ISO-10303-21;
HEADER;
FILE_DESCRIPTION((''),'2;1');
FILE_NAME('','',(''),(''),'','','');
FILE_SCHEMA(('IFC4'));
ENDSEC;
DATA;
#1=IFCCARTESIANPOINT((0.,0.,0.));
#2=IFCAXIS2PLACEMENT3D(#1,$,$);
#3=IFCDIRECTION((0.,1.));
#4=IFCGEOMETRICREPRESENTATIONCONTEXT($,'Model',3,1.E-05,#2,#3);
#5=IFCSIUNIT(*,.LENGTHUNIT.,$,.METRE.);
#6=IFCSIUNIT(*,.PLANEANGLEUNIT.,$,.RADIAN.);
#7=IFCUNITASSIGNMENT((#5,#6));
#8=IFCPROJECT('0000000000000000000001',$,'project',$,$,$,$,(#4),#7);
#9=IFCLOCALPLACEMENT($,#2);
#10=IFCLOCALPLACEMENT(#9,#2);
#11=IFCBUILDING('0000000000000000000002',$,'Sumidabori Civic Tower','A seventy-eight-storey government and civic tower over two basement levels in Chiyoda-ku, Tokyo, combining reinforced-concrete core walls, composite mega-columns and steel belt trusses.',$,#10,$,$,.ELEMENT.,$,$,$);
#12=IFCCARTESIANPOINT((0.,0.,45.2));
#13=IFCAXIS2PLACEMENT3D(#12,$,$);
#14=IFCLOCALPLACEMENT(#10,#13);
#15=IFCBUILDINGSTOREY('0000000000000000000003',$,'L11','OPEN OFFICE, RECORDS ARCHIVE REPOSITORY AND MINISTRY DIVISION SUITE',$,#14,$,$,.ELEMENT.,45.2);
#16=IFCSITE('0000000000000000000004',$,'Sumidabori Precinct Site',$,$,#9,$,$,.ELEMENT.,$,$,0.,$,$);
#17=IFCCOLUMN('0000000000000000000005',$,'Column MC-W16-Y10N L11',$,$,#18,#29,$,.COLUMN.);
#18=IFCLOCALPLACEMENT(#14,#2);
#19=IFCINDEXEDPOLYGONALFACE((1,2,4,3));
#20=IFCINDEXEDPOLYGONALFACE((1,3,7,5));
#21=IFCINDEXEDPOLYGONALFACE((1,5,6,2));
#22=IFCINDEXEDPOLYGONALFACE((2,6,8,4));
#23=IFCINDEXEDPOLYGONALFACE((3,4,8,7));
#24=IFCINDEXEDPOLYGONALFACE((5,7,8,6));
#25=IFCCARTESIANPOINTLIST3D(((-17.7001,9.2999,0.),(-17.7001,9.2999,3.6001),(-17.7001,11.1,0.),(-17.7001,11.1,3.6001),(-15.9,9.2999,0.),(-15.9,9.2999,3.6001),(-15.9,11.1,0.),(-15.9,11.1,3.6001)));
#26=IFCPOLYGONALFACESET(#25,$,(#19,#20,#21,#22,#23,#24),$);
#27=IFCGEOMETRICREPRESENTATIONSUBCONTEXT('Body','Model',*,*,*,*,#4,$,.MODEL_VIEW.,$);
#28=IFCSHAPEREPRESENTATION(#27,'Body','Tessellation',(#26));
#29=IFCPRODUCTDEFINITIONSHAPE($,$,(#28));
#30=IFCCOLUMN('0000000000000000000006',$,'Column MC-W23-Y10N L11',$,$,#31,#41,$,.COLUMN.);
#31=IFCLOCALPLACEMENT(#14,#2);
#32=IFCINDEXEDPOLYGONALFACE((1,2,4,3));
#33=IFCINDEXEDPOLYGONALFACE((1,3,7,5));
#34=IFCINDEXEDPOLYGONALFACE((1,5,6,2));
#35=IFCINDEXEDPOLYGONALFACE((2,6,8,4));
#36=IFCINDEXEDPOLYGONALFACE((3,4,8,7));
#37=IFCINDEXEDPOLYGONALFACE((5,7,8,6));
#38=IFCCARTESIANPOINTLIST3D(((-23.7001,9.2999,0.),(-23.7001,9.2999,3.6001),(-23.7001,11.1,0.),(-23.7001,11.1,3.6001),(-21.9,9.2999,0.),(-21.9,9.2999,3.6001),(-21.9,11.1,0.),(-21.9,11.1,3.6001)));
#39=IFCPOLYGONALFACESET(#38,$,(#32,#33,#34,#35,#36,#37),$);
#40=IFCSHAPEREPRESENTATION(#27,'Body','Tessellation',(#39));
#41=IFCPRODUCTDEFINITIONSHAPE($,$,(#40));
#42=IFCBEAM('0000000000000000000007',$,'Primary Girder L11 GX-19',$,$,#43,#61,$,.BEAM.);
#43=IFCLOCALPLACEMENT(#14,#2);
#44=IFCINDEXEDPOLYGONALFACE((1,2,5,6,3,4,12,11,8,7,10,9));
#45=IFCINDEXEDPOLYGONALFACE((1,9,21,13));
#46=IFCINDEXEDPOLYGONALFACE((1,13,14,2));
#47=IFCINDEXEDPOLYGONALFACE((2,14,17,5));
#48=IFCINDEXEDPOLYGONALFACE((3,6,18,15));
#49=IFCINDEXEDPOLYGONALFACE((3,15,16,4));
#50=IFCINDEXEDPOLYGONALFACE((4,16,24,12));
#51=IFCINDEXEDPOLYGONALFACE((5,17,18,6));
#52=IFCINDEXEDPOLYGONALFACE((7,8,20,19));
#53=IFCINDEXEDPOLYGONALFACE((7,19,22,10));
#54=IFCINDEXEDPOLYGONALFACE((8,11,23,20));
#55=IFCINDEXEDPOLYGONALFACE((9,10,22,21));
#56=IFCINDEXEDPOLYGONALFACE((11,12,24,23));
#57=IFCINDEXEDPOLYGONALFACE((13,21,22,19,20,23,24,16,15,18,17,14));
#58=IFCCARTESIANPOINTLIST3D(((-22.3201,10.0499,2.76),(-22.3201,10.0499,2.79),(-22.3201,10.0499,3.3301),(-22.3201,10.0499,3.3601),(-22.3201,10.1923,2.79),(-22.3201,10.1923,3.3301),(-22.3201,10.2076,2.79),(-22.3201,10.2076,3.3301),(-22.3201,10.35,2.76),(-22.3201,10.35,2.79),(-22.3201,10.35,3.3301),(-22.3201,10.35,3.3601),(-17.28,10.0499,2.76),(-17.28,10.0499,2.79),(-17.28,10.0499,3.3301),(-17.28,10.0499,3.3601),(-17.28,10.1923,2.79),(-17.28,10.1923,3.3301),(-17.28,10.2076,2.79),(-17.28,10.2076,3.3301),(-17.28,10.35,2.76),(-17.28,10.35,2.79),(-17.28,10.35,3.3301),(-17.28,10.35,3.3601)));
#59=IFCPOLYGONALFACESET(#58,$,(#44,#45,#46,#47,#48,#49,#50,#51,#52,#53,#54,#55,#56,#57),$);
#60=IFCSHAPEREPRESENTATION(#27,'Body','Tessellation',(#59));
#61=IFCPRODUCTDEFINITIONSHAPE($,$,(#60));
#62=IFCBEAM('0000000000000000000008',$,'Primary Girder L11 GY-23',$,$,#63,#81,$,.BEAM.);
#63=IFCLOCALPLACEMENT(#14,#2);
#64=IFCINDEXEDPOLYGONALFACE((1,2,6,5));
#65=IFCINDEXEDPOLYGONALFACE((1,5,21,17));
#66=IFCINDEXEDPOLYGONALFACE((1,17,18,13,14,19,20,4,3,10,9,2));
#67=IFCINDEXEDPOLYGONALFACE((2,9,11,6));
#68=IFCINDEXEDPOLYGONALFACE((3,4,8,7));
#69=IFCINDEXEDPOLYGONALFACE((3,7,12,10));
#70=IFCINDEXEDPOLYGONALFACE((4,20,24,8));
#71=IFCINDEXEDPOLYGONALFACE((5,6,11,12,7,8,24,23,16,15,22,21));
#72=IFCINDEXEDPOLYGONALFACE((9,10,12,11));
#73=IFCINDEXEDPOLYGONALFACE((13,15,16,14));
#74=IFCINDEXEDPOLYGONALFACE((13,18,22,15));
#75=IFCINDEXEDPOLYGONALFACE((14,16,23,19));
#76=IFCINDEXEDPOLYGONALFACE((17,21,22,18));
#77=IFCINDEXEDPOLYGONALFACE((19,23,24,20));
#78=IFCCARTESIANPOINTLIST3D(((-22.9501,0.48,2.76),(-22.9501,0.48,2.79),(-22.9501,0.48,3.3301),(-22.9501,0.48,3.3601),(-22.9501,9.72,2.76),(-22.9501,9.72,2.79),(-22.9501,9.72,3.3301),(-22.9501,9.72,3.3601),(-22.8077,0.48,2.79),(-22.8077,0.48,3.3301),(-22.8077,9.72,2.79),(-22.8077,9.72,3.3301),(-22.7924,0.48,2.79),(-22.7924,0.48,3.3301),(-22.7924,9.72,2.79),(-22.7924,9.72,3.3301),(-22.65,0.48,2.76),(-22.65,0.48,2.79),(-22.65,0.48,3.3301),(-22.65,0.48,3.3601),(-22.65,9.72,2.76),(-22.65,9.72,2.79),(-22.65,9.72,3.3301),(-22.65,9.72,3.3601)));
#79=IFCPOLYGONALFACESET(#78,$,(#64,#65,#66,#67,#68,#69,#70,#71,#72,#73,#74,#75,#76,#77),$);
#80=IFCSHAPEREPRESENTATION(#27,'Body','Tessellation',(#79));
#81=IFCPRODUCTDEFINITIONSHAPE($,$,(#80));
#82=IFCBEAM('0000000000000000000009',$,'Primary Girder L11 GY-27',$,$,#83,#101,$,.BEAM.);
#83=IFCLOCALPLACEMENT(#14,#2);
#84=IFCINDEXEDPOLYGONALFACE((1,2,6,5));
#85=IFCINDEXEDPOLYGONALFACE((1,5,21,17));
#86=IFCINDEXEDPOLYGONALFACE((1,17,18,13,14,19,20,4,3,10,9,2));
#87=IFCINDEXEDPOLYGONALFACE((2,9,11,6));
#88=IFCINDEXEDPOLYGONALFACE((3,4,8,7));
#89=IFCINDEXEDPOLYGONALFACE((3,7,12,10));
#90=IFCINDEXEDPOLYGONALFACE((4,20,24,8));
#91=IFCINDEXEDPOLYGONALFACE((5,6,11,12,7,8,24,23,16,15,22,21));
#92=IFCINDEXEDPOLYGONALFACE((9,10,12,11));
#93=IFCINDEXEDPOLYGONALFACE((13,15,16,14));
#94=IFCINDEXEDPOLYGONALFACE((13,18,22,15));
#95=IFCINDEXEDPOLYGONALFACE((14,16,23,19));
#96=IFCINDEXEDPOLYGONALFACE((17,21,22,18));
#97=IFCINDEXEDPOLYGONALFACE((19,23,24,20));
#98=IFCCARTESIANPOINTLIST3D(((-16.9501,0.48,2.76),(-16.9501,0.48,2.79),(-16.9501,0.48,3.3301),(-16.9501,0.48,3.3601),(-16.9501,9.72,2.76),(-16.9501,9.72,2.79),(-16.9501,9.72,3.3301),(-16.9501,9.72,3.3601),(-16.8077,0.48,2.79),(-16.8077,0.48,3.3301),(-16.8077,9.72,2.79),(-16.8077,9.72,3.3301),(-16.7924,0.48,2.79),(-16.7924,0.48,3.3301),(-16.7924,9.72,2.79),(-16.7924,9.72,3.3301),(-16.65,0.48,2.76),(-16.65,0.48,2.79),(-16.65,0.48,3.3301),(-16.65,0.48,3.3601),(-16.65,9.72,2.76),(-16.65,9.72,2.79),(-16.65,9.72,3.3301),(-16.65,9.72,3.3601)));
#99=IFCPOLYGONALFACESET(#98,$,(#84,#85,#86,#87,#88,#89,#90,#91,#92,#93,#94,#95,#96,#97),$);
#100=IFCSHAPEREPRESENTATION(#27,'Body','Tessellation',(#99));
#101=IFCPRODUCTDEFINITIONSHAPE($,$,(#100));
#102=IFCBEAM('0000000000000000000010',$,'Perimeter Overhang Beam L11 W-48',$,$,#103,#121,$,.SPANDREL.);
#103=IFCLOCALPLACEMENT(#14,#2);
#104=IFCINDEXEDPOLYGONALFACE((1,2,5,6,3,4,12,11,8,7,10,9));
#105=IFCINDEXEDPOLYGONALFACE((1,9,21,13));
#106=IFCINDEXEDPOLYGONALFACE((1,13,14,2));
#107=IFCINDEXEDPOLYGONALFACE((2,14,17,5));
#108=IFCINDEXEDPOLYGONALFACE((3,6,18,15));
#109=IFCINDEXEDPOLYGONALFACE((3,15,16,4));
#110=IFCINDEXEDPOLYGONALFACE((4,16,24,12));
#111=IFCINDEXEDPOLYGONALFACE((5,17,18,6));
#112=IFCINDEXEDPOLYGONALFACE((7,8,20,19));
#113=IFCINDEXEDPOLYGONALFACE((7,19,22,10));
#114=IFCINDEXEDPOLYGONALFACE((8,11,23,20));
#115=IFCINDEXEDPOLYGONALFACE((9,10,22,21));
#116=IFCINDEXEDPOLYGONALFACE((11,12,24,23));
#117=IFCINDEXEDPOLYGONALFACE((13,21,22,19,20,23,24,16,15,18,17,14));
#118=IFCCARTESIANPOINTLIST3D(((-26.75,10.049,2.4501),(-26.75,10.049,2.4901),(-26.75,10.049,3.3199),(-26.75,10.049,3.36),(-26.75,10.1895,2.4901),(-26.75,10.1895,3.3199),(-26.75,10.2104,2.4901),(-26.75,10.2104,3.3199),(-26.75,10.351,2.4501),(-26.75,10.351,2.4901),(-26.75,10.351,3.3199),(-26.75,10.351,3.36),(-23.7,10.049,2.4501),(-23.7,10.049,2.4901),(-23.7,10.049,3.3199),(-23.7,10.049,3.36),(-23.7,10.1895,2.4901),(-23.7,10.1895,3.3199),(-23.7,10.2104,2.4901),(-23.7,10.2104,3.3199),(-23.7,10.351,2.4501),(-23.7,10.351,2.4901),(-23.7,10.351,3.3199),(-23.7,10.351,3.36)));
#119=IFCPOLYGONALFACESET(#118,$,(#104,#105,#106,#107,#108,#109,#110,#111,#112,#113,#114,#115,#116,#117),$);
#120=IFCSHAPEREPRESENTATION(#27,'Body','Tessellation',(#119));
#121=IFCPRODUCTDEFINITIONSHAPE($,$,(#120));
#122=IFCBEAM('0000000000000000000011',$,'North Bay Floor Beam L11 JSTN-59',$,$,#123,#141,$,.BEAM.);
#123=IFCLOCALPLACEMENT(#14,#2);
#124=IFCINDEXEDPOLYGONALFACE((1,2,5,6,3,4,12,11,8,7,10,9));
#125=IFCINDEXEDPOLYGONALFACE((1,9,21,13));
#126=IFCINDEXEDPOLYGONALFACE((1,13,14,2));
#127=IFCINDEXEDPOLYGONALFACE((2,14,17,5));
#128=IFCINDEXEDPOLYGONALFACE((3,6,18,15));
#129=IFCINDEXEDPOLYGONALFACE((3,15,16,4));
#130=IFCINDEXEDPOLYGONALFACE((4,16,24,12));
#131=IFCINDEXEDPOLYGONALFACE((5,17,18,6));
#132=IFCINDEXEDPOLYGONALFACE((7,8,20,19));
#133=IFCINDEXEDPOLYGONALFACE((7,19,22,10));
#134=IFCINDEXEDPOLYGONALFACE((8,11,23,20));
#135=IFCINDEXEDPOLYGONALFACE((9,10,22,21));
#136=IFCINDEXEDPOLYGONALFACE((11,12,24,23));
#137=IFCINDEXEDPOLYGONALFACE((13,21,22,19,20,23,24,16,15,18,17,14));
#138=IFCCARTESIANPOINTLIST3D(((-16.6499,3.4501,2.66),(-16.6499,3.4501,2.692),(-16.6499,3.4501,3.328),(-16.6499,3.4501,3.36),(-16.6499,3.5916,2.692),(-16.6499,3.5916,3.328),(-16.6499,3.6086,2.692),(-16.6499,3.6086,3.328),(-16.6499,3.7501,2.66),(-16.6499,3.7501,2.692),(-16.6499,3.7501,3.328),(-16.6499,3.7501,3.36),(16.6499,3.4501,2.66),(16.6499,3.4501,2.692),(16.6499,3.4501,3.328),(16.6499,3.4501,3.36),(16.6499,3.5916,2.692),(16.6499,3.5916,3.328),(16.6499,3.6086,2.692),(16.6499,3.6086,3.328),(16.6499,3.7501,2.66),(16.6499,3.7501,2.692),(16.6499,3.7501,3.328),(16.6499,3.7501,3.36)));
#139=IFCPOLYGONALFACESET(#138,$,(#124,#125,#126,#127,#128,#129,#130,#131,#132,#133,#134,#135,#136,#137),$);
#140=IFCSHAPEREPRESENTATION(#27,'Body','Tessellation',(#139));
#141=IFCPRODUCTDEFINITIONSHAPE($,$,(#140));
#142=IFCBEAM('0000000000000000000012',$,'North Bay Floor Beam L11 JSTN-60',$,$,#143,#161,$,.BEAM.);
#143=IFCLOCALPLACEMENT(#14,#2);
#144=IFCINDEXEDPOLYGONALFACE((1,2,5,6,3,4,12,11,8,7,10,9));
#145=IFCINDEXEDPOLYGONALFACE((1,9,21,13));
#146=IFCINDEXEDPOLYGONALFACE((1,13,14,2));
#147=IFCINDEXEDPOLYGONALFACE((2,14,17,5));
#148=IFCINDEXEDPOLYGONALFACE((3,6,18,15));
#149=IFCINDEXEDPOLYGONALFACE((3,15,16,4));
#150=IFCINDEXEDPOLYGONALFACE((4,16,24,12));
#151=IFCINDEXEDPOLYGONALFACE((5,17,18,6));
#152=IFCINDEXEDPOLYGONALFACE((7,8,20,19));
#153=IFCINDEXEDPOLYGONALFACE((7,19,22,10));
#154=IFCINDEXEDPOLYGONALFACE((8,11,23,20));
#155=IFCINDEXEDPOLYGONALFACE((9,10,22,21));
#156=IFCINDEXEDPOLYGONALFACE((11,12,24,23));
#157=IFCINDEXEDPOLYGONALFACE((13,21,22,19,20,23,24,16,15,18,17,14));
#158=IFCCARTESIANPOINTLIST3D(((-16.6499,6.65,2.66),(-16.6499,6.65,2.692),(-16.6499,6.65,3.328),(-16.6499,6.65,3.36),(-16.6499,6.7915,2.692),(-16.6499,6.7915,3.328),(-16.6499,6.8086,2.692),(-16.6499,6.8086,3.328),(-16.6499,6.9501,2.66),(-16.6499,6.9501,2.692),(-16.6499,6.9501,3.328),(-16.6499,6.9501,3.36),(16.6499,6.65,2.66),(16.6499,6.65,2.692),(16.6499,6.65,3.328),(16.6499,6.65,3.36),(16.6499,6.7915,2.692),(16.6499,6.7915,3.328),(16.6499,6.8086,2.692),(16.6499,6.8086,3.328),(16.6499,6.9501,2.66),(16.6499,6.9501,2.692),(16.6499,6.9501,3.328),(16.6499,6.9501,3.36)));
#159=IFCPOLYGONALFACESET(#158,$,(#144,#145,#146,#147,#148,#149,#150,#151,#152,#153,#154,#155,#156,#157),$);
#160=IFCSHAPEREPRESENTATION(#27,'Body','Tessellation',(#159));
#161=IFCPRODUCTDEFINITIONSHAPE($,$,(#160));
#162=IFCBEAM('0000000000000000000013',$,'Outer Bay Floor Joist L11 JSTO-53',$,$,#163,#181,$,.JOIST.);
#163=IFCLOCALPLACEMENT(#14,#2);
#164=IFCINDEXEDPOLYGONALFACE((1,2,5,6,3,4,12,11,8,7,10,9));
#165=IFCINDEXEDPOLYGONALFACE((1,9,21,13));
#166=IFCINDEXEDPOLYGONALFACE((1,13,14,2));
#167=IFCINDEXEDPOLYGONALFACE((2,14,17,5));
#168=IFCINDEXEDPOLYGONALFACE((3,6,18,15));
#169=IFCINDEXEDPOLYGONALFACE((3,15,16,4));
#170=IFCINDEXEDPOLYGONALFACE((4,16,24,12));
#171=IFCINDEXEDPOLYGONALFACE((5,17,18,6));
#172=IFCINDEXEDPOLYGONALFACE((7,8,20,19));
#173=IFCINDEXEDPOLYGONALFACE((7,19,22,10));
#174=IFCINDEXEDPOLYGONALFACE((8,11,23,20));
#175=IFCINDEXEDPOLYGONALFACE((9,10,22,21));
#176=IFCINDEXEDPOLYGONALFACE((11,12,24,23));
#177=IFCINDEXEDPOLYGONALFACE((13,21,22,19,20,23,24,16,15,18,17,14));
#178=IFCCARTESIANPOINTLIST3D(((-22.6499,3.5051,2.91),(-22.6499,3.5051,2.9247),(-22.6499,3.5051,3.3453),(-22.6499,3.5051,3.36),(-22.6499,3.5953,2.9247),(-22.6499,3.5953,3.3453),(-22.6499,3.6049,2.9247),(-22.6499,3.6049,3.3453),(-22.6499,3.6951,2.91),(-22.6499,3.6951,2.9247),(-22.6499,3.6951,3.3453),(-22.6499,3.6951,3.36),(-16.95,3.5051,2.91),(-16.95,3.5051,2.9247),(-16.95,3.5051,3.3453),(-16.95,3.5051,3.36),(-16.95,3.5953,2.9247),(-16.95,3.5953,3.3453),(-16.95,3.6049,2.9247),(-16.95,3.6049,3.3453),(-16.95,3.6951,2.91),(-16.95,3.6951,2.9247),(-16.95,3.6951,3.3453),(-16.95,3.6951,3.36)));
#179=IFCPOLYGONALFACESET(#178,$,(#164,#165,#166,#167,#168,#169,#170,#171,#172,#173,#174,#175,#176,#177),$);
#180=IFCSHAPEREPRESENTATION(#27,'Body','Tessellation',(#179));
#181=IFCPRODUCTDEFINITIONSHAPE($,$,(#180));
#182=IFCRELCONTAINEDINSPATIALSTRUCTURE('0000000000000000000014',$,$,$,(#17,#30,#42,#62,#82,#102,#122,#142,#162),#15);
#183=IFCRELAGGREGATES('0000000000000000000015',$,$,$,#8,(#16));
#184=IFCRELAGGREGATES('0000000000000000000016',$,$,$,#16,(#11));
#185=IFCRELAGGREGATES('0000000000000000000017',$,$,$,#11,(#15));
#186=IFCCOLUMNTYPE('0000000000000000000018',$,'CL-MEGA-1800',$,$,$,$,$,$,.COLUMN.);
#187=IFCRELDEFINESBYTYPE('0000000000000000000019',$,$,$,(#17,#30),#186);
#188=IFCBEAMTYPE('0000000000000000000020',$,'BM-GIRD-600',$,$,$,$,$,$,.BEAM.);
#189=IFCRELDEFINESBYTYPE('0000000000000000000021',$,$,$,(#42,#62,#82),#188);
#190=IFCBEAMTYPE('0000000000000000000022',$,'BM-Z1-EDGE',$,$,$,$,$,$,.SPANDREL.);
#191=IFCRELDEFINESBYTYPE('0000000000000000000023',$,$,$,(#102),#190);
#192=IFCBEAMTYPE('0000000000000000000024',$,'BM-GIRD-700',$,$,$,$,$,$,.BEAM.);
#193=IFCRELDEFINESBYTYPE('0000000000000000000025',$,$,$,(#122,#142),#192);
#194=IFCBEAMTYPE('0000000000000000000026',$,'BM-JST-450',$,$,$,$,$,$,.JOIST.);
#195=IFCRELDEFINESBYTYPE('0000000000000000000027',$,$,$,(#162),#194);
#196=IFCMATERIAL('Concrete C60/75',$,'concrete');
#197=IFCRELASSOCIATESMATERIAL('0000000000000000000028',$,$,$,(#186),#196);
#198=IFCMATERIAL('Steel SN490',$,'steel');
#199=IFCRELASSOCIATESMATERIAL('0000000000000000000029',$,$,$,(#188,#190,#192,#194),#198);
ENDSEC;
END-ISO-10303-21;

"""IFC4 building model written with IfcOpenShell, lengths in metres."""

from ifc_helpers import new_model, si_unit, direction, frame, origin, origin_2d, place, context, subcontext, project, spatial, rectangle, i_section, extrude, source, transform, mapped, material, material_profile, profile_set, type_object, element, save


model = new_model("IFC4")

# Units and contexts
model_context = context("Model", 3, precision=1e-05, world=origin(), true_north=direction((0.0, 1.0)))
body_context = subcontext(model_context, "Body", "Model", "MODEL_VIEW")
ifc_project = project(units=[si_unit("LENGTHUNIT", "METRE"), si_unit("PLANEANGLEUNIT", "RADIAN")], contexts=[model_context])

# Site, building, storey
site_placement = place(None, origin())
site = spatial("IfcSite", under=ifc_project, at=site_placement, Name="Sumidabori Precinct Site", CompositionType="ELEMENT", RefElevation=0.0)
building_placement = place(site_placement, origin())
building = spatial("IfcBuilding", under=site, at=building_placement, Name="Sumidabori Civic Tower", Description="A seventy-eight-storey government and civic tower over two basement levels in Chiyoda-ku, Tokyo, combining reinforced-concrete core walls, composite mega-columns and steel belt trusses.", CompositionType="ELEMENT")
storey_placement = place(building_placement, frame((0.0, 0.0, 45.2)))
storey = spatial("IfcBuildingStorey", under=building, at=storey_placement, Name="L11", Description="OPEN OFFICE, RECORDS ARCHIVE REPOSITORY AND MINISTRY DIVISION SUITE", CompositionType="ELEMENT", Elevation=45.2)

# Columns
ifc_material_1 = material(Name="Concrete C60/75", Category="concrete")
ifc_material_profile_1 = material_profile(ifc_material_1, rectangle(XDim=1.8, YDim=1.8, at=origin_2d()), Name="RC 1800x1800")
ifc_profile_set_1 = profile_set([ifc_material_profile_1], Name="Concrete C60/75")
column_type = type_object("IfcColumnType", Name="CL-MEGA-1800", PredefinedType="COLUMN", material=ifc_profile_set_1)
shared_shape_1 = source(origin(), body_context, "Body", "SweptSolid", [
    extrude(rectangle(XDim=1.8, YDim=1.8, at=origin_2d()), origin(), (0.0, 0.0, 1.0), 3.6001),
])
for number, where, z_axis, x_axis, name in (
    (1, (-16.8, 10.2, 0.0), (0.0, 0.0, 1.0), (1.0, 0.0, 0.0), "Column MC-W16-Y10N L11"),
    (2, (-22.8, 10.2, 0.0), (0.0, 0.0, 1.0), (1.0, 0.0, 0.0), "Column MC-W23-Y10N L11"),
):
    element("IfcColumn", number, at=place(storey_placement, frame(where, z_axis=z_axis, x_axis=x_axis)), inside=storey, type_object=column_type, Name=name, PredefinedType="COLUMN", context=body_context, shape_type="MappedRepresentation", body=[
        mapped(shared_shape_1, transform((0.0, 0.0, 0.0), x_axis=(1.0, 0.0, 0.0), y_axis=(0.0, 1.0, 0.0), z_axis=(0.0, 0.0, 1.0), scale=1.0)),
    ])

# Beams
ifc_material_2 = material(Name="Steel SN490", Category="steel")
ifc_material_profile_2 = material_profile(ifc_material_2, i_section(OverallWidth=0.3, OverallDepth=0.6001, WebThickness=0.0154, FlangeThickness=0.03, at=origin_2d()), Name="HE 600 B")
ifc_profile_set_2 = profile_set([ifc_material_profile_2], Name="Steel SN490")
beam_type_1 = type_object("IfcBeamType", Name="BM-GIRD-600", PredefinedType="BEAM", material=ifc_profile_set_2)
shared_shape_2 = source(origin(), body_context, "Body", "SweptSolid", [
    extrude(i_section(OverallWidth=0.3, OverallDepth=0.6001, WebThickness=0.0154, FlangeThickness=0.03, at=origin_2d()), origin(), (0.0, 0.0, 1.0), 5.04),
])
beam_1_placement = place(storey_placement, frame((-22.3201, 10.2, 3.0601), z_axis=(1.0, 0.0, 0.0), x_axis=(0.0, 1.0, 0.0)))
element("IfcBeam", 3, at=beam_1_placement, inside=storey, type_object=beam_type_1, Name="Primary Girder L11 GX-19", PredefinedType="BEAM", context=body_context, shape_type="MappedRepresentation", body=[
    mapped(shared_shape_2, transform((0.0, 0.0, 0.0), x_axis=(1.0, 0.0, 0.0), y_axis=(0.0, 1.0, 0.0), z_axis=(0.0, 0.0, 1.0), scale=1.0)),
])
shared_shape_3 = source(origin(), body_context, "Body", "SweptSolid", [
    extrude(i_section(OverallWidth=0.3, OverallDepth=0.6001, WebThickness=0.0154, FlangeThickness=0.03, at=origin_2d()), origin(), (0.0, 0.0, 1.0), 9.24),
])
for number, where, z_axis, x_axis, name in (
    (4, (-22.8, 0.48, 3.0601), (0.0, 1.0, 0.0), (-1.0, 0.0, 0.0), "Primary Girder L11 GY-23"),
    (5, (-16.8, 0.48, 3.0601), (0.0, 1.0, 0.0), (-1.0, 0.0, 0.0), "Primary Girder L11 GY-27"),
):
    element("IfcBeam", number, at=place(storey_placement, frame(where, z_axis=z_axis, x_axis=x_axis)), inside=storey, type_object=beam_type_1, Name=name, PredefinedType="BEAM", context=body_context, shape_type="MappedRepresentation", body=[
        mapped(shared_shape_3, transform((0.0, 0.0, 0.0), x_axis=(1.0, 0.0, 0.0), y_axis=(0.0, 1.0, 0.0), z_axis=(0.0, 0.0, 1.0), scale=1.0)),
    ])
ifc_material_profile_3 = material_profile(ifc_material_2, i_section(OverallWidth=0.302, OverallDepth=0.9099, WebThickness=0.021, FlangeThickness=0.04, at=origin_2d()), Name="HE 900 M")
ifc_profile_set_3 = profile_set([ifc_material_profile_3], Name="Steel SN490")
beam_type_2 = type_object("IfcBeamType", Name="BM-Z1-EDGE", PredefinedType="SPANDREL", material=ifc_profile_set_3)
shared_shape_4 = source(origin(), body_context, "Body", "SweptSolid", [
    extrude(i_section(OverallWidth=0.302, OverallDepth=0.9099, WebThickness=0.021, FlangeThickness=0.04, at=origin_2d()), origin(), (0.0, 0.0, 1.0), 3.05),
])
beam_2_placement = place(storey_placement, frame((-26.75, 10.2, 2.905), z_axis=(1.0, 0.0, 0.0), x_axis=(0.0, 1.0, 0.0)))
element("IfcBeam", 6, at=beam_2_placement, inside=storey, type_object=beam_type_2, Name="Perimeter Overhang Beam L11 W-48", PredefinedType="SPANDREL", context=body_context, shape_type="MappedRepresentation", body=[
    mapped(shared_shape_4, transform((0.0, 0.0, 0.0), x_axis=(1.0, 0.0, 0.0), y_axis=(0.0, 1.0, 0.0), z_axis=(0.0, 0.0, 1.0), scale=1.0)),
])
ifc_material_profile_4 = material_profile(ifc_material_2, i_section(OverallWidth=0.3, OverallDepth=0.7, WebThickness=0.0171, FlangeThickness=0.032, at=origin_2d()), Name="HE 700 B")
ifc_profile_set_4 = profile_set([ifc_material_profile_4], Name="Steel SN490")
beam_type_3 = type_object("IfcBeamType", Name="BM-GIRD-700", PredefinedType="BEAM", material=ifc_profile_set_4)
shared_shape_5 = source(origin(), body_context, "Body", "SweptSolid", [
    extrude(i_section(OverallWidth=0.3, OverallDepth=0.7, WebThickness=0.0171, FlangeThickness=0.032, at=origin_2d()), origin(), (0.0, 0.0, 1.0), 33.2998),
])
for number, where, z_axis, x_axis, name in (
    (7, (-16.6499, 3.6001, 3.01), (1.0, 0.0, 0.0), (0.0, 1.0, 0.0), "North Bay Floor Beam L11 JSTN-59"),
    (8, (-16.6499, 6.8, 3.01), (1.0, 0.0, 0.0), (0.0, 1.0, 0.0), "North Bay Floor Beam L11 JSTN-60"),
):
    element("IfcBeam", number, at=place(storey_placement, frame(where, z_axis=z_axis, x_axis=x_axis)), inside=storey, type_object=beam_type_3, Name=name, PredefinedType="BEAM", context=body_context, shape_type="MappedRepresentation", body=[
        mapped(shared_shape_5, transform((0.0, 0.0, 0.0), x_axis=(1.0, 0.0, 0.0), y_axis=(0.0, 1.0, 0.0), z_axis=(0.0, 0.0, 1.0), scale=1.0)),
    ])
ifc_material_profile_5 = material_profile(ifc_material_2, i_section(OverallWidth=0.1899, OverallDepth=0.45, WebThickness=0.0095, FlangeThickness=0.0146, at=origin_2d()), Name="IPE 450")
ifc_profile_set_5 = profile_set([ifc_material_profile_5], Name="Steel SN490")
beam_type_4 = type_object("IfcBeamType", Name="BM-JST-450", PredefinedType="JOIST", material=ifc_profile_set_5)
shared_shape_6 = source(origin(), body_context, "Body", "SweptSolid", [
    extrude(i_section(OverallWidth=0.1899, OverallDepth=0.45, WebThickness=0.0095, FlangeThickness=0.0146, at=origin_2d()), origin(), (0.0, 0.0, 1.0), 5.7),
])
for number, where, z_axis, x_axis, name in (
    (9, (-22.6499, 3.6001, 3.135), (1.0, 0.0, 0.0), (0.0, 1.0, 0.0), "Outer Bay Floor Joist L11 JSTO-53"),
):
    element("IfcBeam", number, at=place(storey_placement, frame(where, z_axis=z_axis, x_axis=x_axis)), inside=storey, type_object=beam_type_4, Name=name, PredefinedType="JOIST", context=body_context, shape_type="MappedRepresentation", body=[
        mapped(shared_shape_6, transform((0.0, 0.0, 0.0), x_axis=(1.0, 0.0, 0.0), y_axis=(0.0, 1.0, 0.0), z_axis=(0.0, 0.0, 1.0), scale=1.0)),
    ])

save(model, "model.ifc")
